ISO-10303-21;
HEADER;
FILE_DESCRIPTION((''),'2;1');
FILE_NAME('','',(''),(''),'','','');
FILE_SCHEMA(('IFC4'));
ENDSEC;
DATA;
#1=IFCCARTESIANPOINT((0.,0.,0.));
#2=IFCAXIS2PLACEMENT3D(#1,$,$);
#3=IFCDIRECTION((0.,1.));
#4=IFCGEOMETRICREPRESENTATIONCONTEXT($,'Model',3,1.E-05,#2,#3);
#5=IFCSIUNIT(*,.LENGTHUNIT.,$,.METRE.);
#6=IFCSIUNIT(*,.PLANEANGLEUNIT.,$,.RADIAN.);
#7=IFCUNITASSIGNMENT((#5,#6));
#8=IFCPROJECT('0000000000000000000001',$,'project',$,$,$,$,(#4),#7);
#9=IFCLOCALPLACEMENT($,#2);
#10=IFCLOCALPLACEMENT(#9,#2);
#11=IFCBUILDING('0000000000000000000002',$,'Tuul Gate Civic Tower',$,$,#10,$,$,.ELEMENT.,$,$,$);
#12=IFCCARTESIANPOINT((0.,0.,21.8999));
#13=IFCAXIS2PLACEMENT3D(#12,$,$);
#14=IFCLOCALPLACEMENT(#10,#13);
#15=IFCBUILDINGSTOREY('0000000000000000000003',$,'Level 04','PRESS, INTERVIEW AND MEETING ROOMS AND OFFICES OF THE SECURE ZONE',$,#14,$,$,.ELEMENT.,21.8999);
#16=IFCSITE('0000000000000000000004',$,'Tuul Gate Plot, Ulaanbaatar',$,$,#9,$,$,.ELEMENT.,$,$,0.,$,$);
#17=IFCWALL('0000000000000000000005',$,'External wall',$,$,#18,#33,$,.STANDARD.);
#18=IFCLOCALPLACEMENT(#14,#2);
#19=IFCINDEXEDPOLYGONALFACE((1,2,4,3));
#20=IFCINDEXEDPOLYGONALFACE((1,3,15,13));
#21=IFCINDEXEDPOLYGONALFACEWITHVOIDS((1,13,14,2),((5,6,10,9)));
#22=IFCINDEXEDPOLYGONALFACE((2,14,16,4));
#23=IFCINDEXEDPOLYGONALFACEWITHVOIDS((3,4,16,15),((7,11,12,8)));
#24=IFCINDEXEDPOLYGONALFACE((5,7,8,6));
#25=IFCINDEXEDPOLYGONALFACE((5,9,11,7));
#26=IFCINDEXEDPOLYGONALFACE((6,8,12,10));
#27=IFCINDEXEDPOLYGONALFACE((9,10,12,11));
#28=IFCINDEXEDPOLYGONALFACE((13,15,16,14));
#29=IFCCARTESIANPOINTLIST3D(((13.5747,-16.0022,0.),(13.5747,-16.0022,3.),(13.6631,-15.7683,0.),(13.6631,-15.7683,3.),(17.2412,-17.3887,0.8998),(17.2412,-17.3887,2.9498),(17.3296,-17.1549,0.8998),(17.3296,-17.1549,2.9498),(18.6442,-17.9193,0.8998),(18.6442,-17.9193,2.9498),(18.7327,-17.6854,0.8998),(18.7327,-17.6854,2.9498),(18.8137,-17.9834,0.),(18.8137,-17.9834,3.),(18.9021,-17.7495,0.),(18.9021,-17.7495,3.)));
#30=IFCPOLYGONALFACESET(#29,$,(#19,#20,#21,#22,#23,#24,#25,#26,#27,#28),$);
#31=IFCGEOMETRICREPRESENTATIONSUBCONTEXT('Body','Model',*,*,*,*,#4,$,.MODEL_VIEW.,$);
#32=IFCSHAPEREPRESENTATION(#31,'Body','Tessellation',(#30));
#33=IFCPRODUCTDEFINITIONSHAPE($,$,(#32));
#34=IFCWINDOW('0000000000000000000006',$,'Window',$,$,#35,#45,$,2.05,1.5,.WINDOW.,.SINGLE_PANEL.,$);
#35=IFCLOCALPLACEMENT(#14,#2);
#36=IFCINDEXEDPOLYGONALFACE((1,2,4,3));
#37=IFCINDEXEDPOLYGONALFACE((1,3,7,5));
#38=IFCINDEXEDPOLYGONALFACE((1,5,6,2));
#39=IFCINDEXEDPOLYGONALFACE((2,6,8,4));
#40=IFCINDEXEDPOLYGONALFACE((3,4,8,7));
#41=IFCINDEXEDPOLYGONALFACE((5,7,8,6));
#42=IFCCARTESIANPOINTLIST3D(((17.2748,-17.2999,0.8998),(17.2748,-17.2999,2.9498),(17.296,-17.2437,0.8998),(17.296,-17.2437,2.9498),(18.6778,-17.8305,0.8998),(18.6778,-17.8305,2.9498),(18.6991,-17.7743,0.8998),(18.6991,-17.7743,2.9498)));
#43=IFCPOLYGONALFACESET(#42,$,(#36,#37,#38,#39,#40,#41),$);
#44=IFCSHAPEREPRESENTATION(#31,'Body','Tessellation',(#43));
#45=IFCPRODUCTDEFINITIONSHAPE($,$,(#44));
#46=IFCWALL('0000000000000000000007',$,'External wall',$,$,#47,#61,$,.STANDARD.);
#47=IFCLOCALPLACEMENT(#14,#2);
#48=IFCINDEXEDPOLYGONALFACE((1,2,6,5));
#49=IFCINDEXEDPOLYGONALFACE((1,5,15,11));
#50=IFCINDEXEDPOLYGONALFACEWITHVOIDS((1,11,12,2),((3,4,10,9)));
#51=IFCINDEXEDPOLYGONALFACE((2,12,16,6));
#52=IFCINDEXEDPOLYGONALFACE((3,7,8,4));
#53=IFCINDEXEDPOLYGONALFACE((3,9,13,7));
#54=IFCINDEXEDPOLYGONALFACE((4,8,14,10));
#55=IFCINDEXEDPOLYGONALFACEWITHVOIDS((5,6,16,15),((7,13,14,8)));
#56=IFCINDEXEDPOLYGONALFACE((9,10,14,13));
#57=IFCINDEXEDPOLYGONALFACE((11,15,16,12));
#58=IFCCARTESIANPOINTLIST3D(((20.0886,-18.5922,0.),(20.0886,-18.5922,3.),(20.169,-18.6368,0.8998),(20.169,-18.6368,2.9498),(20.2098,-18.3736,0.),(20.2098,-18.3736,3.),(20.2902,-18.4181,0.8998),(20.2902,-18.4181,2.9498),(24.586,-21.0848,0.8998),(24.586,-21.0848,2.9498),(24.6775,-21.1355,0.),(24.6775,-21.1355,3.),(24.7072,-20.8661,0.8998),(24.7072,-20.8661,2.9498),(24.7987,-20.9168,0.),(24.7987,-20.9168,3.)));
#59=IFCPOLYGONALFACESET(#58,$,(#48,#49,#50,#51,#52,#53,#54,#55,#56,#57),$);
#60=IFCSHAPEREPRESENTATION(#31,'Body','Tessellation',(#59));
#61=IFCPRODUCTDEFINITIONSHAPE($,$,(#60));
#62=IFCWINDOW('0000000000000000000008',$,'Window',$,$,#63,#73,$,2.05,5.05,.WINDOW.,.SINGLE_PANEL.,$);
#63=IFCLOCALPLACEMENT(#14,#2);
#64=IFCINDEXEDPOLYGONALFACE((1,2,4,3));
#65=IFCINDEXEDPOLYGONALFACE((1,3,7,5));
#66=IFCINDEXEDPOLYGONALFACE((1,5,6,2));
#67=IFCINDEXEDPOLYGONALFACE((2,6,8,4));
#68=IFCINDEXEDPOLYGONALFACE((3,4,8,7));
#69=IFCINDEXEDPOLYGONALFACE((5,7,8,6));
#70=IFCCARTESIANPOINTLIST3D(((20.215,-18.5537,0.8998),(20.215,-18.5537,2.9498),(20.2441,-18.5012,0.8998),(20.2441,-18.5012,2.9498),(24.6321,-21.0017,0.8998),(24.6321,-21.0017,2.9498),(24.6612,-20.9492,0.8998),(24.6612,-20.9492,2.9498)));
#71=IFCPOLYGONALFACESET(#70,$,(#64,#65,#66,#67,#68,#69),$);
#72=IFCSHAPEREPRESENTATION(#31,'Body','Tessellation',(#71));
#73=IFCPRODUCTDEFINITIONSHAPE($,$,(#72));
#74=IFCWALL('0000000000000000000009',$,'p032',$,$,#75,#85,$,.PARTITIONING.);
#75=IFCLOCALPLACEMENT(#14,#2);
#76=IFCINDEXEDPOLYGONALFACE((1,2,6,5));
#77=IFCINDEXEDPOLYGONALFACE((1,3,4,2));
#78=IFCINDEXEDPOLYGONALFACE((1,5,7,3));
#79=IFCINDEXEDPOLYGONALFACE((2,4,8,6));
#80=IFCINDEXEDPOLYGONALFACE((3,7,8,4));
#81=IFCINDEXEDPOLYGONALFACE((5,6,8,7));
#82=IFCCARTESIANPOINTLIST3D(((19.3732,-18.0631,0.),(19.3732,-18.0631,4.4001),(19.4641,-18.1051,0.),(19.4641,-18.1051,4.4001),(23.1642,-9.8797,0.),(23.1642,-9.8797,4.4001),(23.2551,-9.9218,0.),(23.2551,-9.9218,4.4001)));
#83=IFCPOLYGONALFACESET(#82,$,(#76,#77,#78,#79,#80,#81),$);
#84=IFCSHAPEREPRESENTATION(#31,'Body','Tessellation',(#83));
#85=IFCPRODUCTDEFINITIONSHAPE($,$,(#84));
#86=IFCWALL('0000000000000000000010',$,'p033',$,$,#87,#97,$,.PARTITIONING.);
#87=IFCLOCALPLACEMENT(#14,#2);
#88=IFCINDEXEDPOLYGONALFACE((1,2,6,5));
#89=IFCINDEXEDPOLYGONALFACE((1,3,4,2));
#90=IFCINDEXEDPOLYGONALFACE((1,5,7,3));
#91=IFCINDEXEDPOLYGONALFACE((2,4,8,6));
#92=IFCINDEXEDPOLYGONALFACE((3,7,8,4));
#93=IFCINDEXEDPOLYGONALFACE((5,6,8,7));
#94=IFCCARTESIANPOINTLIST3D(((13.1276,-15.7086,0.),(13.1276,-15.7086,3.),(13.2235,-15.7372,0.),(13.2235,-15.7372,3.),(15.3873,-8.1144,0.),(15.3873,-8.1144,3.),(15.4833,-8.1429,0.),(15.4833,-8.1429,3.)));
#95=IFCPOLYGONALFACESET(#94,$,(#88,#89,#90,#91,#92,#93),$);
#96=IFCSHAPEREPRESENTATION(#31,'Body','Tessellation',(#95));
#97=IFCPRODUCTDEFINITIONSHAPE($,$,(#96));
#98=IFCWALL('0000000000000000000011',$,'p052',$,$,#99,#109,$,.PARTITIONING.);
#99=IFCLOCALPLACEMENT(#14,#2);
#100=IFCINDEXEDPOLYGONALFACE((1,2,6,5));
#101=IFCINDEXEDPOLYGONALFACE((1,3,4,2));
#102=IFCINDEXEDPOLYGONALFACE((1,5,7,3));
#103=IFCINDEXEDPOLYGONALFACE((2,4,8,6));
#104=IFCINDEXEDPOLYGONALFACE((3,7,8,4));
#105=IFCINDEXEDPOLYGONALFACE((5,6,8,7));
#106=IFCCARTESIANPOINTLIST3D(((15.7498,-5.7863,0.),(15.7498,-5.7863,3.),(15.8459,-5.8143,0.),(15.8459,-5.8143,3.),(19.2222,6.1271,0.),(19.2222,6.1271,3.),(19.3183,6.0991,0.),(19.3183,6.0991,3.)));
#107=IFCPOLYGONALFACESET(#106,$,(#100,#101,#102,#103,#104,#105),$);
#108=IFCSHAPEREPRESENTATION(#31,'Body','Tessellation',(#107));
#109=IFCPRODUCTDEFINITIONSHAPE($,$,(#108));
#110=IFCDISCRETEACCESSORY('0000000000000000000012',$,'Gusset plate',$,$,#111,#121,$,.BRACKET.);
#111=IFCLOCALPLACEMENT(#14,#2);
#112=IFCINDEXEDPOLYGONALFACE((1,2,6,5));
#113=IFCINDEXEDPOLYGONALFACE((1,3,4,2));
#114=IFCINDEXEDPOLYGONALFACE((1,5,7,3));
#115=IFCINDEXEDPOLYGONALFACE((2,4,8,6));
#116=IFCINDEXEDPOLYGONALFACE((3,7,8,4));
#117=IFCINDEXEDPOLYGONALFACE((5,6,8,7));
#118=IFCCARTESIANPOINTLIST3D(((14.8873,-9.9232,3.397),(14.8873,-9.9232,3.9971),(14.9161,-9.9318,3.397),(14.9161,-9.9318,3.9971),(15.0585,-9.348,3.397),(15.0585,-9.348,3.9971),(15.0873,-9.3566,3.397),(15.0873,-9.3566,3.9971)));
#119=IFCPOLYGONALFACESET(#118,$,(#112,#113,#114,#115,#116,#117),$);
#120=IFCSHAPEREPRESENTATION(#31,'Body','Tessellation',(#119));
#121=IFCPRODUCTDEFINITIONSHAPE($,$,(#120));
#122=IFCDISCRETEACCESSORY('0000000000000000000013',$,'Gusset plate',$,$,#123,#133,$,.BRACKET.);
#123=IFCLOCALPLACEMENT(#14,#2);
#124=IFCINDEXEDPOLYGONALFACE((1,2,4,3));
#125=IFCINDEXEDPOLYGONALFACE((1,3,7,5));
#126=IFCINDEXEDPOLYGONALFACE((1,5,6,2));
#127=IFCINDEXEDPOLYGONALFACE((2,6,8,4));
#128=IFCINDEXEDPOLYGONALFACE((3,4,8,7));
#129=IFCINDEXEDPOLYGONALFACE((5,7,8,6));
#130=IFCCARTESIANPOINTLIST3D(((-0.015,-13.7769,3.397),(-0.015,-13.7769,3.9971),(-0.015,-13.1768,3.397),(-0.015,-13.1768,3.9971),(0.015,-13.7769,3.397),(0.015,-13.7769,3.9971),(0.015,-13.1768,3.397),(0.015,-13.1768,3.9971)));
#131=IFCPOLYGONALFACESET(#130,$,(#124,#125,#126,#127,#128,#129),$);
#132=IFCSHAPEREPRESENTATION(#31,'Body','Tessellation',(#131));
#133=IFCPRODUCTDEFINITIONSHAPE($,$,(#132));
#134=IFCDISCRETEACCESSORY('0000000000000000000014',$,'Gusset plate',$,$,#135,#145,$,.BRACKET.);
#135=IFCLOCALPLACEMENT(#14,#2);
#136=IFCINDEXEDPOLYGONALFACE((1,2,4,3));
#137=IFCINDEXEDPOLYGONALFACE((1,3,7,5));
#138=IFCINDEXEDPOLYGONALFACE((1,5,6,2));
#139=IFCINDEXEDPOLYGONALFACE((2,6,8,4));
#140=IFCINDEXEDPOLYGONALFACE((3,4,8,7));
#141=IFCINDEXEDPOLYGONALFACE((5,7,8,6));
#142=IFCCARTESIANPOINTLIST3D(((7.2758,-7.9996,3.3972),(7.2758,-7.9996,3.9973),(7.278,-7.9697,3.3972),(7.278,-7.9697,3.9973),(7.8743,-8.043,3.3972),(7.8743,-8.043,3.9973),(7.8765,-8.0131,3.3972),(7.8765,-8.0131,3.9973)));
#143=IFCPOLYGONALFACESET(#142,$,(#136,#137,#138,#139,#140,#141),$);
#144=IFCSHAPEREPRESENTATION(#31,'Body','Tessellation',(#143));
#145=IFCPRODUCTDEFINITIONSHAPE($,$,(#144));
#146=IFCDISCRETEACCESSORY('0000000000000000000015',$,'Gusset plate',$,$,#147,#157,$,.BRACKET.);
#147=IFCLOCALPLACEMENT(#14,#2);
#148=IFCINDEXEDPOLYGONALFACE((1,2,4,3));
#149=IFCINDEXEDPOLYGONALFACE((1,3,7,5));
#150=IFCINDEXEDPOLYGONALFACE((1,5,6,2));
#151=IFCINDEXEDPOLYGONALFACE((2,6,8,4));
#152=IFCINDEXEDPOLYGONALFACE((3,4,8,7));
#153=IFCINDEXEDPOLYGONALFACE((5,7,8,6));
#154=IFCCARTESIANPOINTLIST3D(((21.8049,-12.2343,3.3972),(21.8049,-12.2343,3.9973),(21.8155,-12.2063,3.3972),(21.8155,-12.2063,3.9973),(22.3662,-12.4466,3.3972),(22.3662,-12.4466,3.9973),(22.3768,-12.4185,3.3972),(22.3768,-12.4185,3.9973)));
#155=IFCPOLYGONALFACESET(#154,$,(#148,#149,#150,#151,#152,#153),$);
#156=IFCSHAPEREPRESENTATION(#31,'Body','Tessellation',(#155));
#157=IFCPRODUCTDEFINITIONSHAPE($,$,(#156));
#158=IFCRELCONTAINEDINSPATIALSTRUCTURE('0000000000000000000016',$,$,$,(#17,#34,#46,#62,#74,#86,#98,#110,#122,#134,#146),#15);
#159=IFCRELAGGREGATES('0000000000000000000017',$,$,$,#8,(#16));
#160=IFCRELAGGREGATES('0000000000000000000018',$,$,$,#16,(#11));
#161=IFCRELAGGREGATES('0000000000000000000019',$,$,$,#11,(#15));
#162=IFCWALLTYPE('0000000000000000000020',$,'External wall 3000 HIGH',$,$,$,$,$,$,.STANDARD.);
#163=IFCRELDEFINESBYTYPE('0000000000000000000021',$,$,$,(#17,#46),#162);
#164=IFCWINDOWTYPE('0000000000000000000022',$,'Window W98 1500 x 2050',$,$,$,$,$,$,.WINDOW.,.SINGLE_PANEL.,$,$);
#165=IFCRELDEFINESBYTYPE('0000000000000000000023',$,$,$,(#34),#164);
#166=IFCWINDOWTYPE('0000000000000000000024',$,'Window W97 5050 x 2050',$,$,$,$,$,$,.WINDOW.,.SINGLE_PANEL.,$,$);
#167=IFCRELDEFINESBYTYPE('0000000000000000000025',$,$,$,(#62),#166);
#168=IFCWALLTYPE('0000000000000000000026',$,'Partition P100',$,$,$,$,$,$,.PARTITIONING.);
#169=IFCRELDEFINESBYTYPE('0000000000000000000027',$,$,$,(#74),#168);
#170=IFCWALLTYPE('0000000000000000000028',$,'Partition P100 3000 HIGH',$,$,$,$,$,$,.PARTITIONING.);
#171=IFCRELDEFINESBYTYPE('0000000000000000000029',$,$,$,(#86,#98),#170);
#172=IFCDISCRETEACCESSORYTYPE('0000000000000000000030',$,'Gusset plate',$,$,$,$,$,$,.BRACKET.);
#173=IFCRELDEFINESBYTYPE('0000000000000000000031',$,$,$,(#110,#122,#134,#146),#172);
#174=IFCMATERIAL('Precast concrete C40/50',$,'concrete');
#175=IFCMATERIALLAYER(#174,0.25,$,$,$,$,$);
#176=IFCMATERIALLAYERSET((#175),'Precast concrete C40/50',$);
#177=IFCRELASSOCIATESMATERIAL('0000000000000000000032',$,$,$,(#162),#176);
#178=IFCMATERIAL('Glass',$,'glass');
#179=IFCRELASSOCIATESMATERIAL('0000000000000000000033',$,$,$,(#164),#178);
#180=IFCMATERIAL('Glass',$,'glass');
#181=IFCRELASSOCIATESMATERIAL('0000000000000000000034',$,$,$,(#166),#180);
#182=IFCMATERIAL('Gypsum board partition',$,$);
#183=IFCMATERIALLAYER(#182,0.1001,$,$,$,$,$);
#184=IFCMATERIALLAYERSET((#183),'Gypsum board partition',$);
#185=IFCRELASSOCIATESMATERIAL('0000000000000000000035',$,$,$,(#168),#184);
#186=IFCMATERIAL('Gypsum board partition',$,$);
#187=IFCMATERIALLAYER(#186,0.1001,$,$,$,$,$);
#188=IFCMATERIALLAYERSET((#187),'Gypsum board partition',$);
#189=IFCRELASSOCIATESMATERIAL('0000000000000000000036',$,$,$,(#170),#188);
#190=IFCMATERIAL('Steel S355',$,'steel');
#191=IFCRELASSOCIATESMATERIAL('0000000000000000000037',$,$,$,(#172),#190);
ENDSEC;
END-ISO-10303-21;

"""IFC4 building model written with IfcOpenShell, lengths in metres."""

from ifc_helpers import new_model, si_unit, direction, frame, frame_2d, origin, origin_2d, place, context, subcontext, project, spatial, rectangle, extrude, material, layer, layer_set, type_object, element, fill, save


model = new_model("IFC4")

# Units and contexts
model_context = context("Model", 3, precision=1e-05, world=origin(), true_north=direction((0.0, 1.0)))
body_context = subcontext(model_context, "Body", "Model", "MODEL_VIEW")
ifc_project = project(units=[si_unit("LENGTHUNIT", "METRE"), si_unit("PLANEANGLEUNIT", "RADIAN")], contexts=[model_context])

# Site, building, storey
site_placement = place(None, origin())
site = spatial("IfcSite", under=ifc_project, at=site_placement, Name="Tuul Gate Plot, Ulaanbaatar", CompositionType="ELEMENT", RefElevation=0.0)
building_placement = place(site_placement, origin())
building = spatial("IfcBuilding", under=site, at=building_placement, Name="Tuul Gate Civic Tower", CompositionType="ELEMENT")
storey_placement = place(building_placement, frame((0.0, 0.0, 21.8999)))
storey = spatial("IfcBuildingStorey", under=building, at=storey_placement, Name="Level 04", Description="PRESS, INTERVIEW AND MEETING ROOMS AND OFFICES OF THE SECURE ZONE", CompositionType="ELEMENT", Elevation=21.8999)

# Shared definitions
ifc_material_1 = material(Name="Precast concrete C40/50", Category="concrete")
ifc_layer_1 = layer(ifc_material_1, 0.25)
ifc_layer_set_1 = layer_set([ifc_layer_1], Name="Precast concrete C40/50")
wall_type_1 = type_object("IfcWallType", Name="External wall 3000 HIGH", PredefinedType="STANDARD", material=ifc_layer_set_1)

# Walls, openings, windows
wall_1_placement = place(storey_placement, frame((13.6189, -15.8853, 0.0), z_axis=(0.0, 0.0, 1.0), x_axis=(0.935353, -0.353716, 0.0)))
wall_1 = element("IfcWall", 1, at=wall_1_placement, inside=storey, type_object=wall_type_1, Name="External wall", PredefinedType="STANDARD", context=body_context, shape_type="SweptSolid", body=[
    extrude(rectangle(XDim=5.6011, YDim=0.25, at=frame_2d((2.8005, 0.0))), origin(), (0.0, 0.0, 1.0), 3.0),
])
opening_1_placement = place(wall_1_placement, frame((3.9199, 0.0, 0.8999)))
opening_1 = element("IfcOpeningElement", 2, at=opening_1_placement, cuts=wall_1, PredefinedType="OPENING", context=body_context, shape_type="SweptSolid", body=[
    extrude(rectangle(XDim=1.5, YDim=2.05, at=frame_2d((0.75, 1.0249))), frame((0.0, 0.135, 0.0), z_axis=(0.0, -1.0, 0.0), x_axis=(1.0, 0.0, 0.0)), (0.0, 0.0, 1.0), 0.27),
])
ifc_material_2 = material(Name="Glass", Category="glass")
window_type_1 = type_object("IfcWindowType", Name="Window W98 1500 x 2050", PartitioningType="SINGLE_PANEL", PredefinedType="WINDOW", material=ifc_material_2)
window_1_placement = place(opening_1_placement, origin())
window_1 = element("IfcWindow", 3, at=window_1_placement, inside=storey, type_object=window_type_1, Name="Window", OverallHeight=2.05, OverallWidth=1.5, PartitioningType="SINGLE_PANEL", PredefinedType="WINDOW", context=body_context, shape_type="SweptSolid", body=[
    extrude(rectangle(XDim=1.5, YDim=2.05, at=frame_2d((0.75, 1.0249))), frame((0.0, 0.03, 0.0), z_axis=(0.0, -1.0, 0.0), x_axis=(1.0, 0.0, 0.0)), (0.0, 0.0, 1.0), 0.0601),
])
fill(opening_1, window_1)
wall_2_placement = place(storey_placement, frame((20.1492, -18.4829, 0.0), z_axis=(0.0, 0.0, 1.0), x_axis=(0.874655, -0.484746, 0.0)))
wall_2 = element("IfcWall", 4, at=wall_2_placement, inside=storey, type_object=wall_type_1, Name="External wall", PredefinedType="STANDARD", context=body_context, shape_type="SweptSolid", body=[
    extrude(rectangle(XDim=5.2466, YDim=0.25, at=frame_2d((2.6233, 0.0))), origin(), (0.0, 0.0, 1.0), 3.0),
])
opening_2_placement = place(wall_2_placement, frame((0.092, 0.0, 0.8999)))
opening_2 = element("IfcOpeningElement", 5, at=opening_2_placement, cuts=wall_2, PredefinedType="OPENING", context=body_context, shape_type="SweptSolid", body=[
    extrude(rectangle(XDim=5.05, YDim=2.05, at=frame_2d((2.5249, 1.0249))), frame((0.0, 0.135, 0.0), z_axis=(0.0, -1.0, 0.0), x_axis=(1.0, 0.0, 0.0)), (0.0, 0.0, 1.0), 0.27),
])
ifc_material_3 = material(Name="Glass", Category="glass")
window_type_2 = type_object("IfcWindowType", Name="Window W97 5050 x 2050", PartitioningType="SINGLE_PANEL", PredefinedType="WINDOW", material=ifc_material_3)
window_2_placement = place(opening_2_placement, origin())
window_2 = element("IfcWindow", 6, at=window_2_placement, inside=storey, type_object=window_type_2, Name="Window", OverallHeight=2.05, OverallWidth=5.05, PartitioningType="SINGLE_PANEL", PredefinedType="WINDOW", context=body_context, shape_type="SweptSolid", body=[
    extrude(rectangle(XDim=5.05, YDim=2.05, at=frame_2d((2.5249, 1.0249))), frame((0.0, 0.03, 0.0), z_axis=(0.0, -1.0, 0.0), x_axis=(1.0, 0.0, 0.0)), (0.0, 0.0, 1.0), 0.0601),
])
fill(opening_2, window_2)

# Walls
ifc_material_4 = material(Name="Gypsum board partition")
ifc_layer_2 = layer(ifc_material_4, 0.1001)
ifc_layer_set_2 = layer_set([ifc_layer_2], Name="Gypsum board partition")
wall_type_2 = type_object("IfcWallType", Name="Partition P100", PredefinedType="PARTITIONING", material=ifc_layer_set_2)
wall_3_placement = place(storey_placement, frame((19.4187, -18.084, 0.0), z_axis=(0.0, 0.0, 1.0), x_axis=(0.420345, 0.907364, 0.0)))
element("IfcWall", 7, at=wall_3_placement, inside=storey, type_object=wall_type_2, Name="p032", PredefinedType="PARTITIONING", context=body_context, shape_type="SweptSolid", body=[
    extrude(rectangle(XDim=9.0188, YDim=0.1001, at=frame_2d((4.5093, 0.0))), origin(), (0.0, 0.0, 1.0), 4.4001),
])
ifc_material_5 = material(Name="Gypsum board partition")
ifc_layer_3 = layer(ifc_material_5, 0.1001)
ifc_layer_set_3 = layer_set([ifc_layer_3], Name="Gypsum board partition")
wall_type_3 = type_object("IfcWallType", Name="Partition P100 3000 HIGH", PredefinedType="PARTITIONING", material=ifc_layer_set_3)
wall_4_placement = place(storey_placement, frame((13.1755, -15.7229, 0.0), z_axis=(0.0, 0.0, 1.0), x_axis=(0.285204, 0.958467, 0.0)))
element("IfcWall", 8, at=wall_4_placement, inside=storey, type_object=wall_type_3, Name="p033", PredefinedType="PARTITIONING", context=body_context, shape_type="SweptSolid", body=[
    extrude(rectangle(XDim=7.9233, YDim=0.1001, at=frame_2d((3.9617, 0.0))), origin(), (0.0, 0.0, 1.0), 3.0),
])
wall_5_placement = place(storey_placement, frame((15.7979, -5.8003, 0.0), z_axis=(0.0, 0.0, 1.0), x_axis=(0.279828, 0.96005, 0.0)))
element("IfcWall", 9, at=wall_5_placement, inside=storey, type_object=wall_type_3, Name="p052", PredefinedType="PARTITIONING", context=body_context, shape_type="SweptSolid", body=[
    extrude(rectangle(XDim=12.4092, YDim=0.1001, at=frame_2d((6.2046, 0.0))), origin(), (0.0, 0.0, 1.0), 3.0),
])

# Discrete accessories
ifc_material_6 = material(Name="Steel S355", Category="steel")
discrete_accessory_type = type_object("IfcDiscreteAccessoryType", Name="Gusset plate", PredefinedType="BRACKET", material=ifc_material_6)
for number, where, z_axis, x_axis, name in (
    (10, (14.9873, -9.6399, 3.397), (0.0, 0.0, 1.0), (0.285196, 0.958469, 0.0), "Gusset plate"),
    (11, (0.0, -13.4768, 3.397), (0.0, 0.0, 1.0), (0.0, 1.0, 0.0), "Gusset plate"),
    (12, (7.5762, -8.0063, 3.3972), (0.0, 0.0, 1.0), (-0.997382, 0.072314, 0.0), "Gusset plate"),
    (13, (22.0908, -12.3264, 3.3972), (0.0, 0.0, 1.0), (-0.935368, 0.353677, 0.0), "Gusset plate"),
):
    element("IfcDiscreteAccessory", number, at=place(storey_placement, frame(where, z_axis=z_axis, x_axis=x_axis)), inside=storey, type_object=discrete_accessory_type, Name=name, PredefinedType="BRACKET", context=body_context, shape_type="SweptSolid", body=[
        extrude(rectangle(XDim=0.6001, YDim=0.03, at=origin_2d()), origin(), (0.0, 0.0, 1.0), 0.6001),
    ])

save(model, "model.ifc")
